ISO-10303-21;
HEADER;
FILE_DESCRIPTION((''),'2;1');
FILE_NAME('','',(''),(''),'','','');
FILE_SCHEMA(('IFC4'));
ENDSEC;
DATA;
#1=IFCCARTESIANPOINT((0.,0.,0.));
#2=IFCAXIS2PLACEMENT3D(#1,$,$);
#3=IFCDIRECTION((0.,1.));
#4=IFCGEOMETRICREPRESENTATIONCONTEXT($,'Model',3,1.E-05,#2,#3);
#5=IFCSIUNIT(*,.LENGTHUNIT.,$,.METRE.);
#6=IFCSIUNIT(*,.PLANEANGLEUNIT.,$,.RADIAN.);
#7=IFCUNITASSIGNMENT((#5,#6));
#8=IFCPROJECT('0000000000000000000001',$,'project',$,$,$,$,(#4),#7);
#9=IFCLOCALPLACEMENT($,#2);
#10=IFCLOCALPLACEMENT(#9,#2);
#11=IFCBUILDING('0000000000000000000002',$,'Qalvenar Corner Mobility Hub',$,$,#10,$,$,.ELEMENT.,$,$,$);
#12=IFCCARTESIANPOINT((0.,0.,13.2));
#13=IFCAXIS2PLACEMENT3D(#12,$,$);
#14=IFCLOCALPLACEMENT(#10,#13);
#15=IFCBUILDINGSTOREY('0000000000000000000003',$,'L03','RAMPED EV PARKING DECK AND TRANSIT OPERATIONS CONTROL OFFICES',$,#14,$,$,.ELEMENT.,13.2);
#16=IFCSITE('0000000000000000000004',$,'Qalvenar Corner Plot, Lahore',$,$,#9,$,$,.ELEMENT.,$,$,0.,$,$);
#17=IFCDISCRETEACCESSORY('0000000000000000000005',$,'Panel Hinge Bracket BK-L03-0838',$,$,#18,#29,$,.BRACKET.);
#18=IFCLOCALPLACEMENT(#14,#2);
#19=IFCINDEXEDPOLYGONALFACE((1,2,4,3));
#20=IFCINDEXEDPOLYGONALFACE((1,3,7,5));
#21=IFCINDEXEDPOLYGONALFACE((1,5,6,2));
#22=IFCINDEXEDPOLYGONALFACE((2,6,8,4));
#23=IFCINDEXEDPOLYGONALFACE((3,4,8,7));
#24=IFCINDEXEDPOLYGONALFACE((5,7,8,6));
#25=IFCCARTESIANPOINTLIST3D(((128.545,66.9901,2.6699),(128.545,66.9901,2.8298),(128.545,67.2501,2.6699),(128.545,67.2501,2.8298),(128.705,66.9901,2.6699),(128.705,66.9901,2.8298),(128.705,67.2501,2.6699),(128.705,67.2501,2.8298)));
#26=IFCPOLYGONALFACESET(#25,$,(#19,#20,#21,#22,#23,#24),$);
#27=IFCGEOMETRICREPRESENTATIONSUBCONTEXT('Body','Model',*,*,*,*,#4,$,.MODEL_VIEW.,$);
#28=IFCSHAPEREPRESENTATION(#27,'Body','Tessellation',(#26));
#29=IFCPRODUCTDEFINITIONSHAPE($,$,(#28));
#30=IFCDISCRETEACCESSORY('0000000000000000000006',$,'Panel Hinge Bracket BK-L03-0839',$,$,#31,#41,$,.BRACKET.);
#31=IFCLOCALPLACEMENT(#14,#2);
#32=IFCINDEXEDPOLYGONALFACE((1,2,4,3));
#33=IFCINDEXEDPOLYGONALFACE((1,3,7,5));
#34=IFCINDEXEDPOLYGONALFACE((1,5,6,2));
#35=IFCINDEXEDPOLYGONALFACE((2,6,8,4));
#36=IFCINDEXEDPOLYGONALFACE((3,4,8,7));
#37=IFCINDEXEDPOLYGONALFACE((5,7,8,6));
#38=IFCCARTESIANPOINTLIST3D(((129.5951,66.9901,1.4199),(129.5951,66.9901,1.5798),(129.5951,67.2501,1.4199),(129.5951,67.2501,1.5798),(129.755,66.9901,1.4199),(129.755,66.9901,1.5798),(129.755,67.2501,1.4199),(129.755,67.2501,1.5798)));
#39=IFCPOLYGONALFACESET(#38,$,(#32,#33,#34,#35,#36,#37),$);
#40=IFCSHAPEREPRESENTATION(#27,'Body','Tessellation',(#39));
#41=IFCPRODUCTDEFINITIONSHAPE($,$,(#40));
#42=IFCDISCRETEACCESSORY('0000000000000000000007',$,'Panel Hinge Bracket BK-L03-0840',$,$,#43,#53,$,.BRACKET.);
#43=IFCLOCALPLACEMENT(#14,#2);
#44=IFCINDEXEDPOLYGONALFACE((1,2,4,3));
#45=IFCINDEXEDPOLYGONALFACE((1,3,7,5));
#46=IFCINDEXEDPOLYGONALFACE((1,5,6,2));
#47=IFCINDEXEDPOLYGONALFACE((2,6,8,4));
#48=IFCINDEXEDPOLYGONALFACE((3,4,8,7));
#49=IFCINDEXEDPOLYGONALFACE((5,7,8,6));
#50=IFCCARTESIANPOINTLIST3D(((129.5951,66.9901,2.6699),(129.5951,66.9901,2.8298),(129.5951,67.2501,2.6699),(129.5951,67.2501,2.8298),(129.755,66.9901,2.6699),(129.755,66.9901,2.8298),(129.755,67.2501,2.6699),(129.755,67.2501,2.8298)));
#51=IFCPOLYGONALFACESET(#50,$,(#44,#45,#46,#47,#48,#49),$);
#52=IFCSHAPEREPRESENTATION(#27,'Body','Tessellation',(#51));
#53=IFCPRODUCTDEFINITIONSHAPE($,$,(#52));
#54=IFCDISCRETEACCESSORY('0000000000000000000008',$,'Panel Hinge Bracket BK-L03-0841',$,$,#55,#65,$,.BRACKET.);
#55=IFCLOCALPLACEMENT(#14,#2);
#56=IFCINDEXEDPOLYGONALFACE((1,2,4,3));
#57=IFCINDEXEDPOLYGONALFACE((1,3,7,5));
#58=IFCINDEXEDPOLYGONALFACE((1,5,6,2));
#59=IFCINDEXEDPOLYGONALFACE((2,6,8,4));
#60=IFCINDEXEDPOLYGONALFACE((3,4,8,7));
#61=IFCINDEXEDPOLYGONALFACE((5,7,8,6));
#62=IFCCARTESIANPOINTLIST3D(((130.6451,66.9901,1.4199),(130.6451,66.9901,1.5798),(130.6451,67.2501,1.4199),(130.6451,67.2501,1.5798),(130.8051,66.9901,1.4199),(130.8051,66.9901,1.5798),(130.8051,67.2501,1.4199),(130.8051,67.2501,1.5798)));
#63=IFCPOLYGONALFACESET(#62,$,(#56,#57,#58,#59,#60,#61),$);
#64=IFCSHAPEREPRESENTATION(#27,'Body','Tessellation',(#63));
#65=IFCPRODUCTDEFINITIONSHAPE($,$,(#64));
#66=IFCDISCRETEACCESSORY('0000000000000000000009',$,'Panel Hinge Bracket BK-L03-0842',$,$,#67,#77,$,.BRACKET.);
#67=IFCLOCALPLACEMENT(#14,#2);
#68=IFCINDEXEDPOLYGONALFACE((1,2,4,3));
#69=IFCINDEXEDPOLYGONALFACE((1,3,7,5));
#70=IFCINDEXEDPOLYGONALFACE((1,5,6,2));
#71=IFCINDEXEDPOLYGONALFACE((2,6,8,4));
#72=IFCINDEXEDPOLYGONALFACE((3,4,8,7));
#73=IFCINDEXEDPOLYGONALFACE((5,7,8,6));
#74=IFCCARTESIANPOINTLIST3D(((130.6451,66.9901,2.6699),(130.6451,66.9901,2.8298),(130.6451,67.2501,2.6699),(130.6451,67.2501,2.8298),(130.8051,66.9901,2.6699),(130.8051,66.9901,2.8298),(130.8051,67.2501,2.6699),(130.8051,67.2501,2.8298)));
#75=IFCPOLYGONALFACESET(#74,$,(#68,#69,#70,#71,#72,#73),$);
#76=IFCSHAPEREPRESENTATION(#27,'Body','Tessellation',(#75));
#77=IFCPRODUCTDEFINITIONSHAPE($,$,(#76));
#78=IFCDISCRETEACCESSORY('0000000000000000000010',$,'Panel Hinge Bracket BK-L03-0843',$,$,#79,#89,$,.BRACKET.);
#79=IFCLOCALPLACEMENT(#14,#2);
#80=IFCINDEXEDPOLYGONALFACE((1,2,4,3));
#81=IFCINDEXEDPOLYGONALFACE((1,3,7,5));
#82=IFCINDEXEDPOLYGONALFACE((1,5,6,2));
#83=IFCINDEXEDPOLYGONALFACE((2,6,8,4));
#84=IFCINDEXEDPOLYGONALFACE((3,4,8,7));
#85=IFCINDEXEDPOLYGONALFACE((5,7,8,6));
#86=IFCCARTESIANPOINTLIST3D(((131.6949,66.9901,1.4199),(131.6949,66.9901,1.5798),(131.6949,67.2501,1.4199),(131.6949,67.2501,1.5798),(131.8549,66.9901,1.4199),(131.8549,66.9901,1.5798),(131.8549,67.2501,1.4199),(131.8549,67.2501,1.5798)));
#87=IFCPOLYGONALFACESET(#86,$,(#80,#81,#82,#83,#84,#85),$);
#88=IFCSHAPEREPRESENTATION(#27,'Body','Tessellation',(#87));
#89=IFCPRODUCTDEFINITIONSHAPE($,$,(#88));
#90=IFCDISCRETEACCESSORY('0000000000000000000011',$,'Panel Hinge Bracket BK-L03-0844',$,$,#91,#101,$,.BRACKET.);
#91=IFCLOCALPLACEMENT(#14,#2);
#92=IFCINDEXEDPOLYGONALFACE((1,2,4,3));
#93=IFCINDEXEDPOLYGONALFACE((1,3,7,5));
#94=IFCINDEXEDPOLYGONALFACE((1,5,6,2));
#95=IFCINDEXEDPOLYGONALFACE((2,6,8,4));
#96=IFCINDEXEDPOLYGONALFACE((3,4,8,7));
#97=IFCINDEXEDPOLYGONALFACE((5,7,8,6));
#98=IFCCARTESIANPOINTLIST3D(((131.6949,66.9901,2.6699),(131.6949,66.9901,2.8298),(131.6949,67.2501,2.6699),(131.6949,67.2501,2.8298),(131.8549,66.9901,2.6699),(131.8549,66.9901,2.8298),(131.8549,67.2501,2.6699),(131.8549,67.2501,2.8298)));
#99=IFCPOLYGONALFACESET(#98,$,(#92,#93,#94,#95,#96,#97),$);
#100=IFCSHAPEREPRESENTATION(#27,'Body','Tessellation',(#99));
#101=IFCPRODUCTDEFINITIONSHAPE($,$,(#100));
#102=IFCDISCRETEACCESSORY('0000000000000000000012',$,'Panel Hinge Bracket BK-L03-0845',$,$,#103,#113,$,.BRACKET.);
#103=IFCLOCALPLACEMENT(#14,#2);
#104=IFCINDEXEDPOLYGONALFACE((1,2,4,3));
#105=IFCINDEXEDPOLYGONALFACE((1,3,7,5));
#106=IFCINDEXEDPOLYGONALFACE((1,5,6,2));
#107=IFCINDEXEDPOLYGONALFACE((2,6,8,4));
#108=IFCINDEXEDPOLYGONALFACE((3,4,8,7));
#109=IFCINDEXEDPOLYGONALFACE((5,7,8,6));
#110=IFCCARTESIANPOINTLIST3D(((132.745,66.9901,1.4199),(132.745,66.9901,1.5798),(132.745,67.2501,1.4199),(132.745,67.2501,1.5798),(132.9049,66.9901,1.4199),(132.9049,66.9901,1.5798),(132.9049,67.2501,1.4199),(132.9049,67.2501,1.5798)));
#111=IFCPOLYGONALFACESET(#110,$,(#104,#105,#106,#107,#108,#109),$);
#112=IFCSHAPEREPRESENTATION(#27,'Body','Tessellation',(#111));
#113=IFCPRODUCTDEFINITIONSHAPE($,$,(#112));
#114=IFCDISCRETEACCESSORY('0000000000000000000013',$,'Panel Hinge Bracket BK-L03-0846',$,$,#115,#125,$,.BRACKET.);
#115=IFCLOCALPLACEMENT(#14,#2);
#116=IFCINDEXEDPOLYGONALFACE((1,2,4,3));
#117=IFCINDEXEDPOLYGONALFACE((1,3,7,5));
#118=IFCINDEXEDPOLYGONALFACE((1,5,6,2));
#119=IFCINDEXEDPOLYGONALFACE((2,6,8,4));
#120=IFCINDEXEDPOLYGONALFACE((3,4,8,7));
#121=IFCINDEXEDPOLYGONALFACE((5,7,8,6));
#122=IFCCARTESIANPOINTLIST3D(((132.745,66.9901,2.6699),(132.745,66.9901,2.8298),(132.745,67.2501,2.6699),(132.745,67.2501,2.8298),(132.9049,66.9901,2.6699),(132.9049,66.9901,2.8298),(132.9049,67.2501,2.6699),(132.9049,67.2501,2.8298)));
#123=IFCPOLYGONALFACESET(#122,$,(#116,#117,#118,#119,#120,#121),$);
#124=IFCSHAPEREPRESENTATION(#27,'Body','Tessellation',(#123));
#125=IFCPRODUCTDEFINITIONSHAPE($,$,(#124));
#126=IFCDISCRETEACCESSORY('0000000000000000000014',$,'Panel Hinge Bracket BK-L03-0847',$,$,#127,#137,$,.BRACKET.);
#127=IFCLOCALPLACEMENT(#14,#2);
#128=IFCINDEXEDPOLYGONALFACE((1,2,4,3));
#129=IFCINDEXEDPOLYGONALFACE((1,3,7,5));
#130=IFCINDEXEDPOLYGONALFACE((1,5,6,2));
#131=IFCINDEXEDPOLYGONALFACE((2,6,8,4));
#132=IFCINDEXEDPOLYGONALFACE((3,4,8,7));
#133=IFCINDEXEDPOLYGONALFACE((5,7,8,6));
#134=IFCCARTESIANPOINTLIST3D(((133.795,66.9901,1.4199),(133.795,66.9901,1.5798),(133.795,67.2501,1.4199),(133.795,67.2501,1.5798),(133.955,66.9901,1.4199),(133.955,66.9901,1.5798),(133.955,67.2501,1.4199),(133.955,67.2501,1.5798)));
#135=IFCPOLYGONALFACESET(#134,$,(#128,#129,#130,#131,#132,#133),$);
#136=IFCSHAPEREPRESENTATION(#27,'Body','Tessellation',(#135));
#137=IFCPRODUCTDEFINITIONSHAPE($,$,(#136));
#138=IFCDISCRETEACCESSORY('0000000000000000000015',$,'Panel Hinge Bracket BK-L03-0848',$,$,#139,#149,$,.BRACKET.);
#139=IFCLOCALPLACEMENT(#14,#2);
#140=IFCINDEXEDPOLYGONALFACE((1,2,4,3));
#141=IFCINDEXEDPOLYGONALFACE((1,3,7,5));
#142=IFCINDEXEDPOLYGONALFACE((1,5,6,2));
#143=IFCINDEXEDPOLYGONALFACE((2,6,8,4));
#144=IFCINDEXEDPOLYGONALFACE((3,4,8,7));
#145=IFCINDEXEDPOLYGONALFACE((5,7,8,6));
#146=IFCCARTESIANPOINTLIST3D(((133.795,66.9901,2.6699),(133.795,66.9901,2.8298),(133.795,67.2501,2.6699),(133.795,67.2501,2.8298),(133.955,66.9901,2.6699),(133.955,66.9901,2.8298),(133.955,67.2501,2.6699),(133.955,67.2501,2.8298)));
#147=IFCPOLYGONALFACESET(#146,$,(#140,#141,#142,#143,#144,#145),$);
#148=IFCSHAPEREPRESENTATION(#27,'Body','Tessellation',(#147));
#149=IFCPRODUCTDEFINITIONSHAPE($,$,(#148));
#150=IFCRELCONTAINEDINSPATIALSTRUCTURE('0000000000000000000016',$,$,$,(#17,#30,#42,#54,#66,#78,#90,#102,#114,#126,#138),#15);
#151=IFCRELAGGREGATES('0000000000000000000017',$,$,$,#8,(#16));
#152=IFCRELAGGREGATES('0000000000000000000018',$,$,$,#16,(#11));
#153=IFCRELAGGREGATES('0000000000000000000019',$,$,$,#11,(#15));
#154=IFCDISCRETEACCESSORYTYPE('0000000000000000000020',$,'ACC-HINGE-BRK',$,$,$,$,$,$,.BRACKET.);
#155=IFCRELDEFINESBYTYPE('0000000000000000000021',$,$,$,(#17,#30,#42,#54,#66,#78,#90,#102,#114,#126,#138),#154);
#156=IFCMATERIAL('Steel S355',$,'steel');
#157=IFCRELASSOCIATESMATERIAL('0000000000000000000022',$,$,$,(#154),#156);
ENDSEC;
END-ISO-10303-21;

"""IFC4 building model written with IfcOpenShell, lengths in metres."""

from ifc_helpers import new_model, si_unit, direction, frame, origin, origin_2d, place, context, subcontext, project, spatial, rectangle, extrude, material, type_object, element, save


model = new_model("IFC4")

# Units and contexts
model_context = context("Model", 3, precision=1e-05, world=origin(), true_north=direction((0.0, 1.0)))
body_context = subcontext(model_context, "Body", "Model", "MODEL_VIEW")
ifc_project = project(units=[si_unit("LENGTHUNIT", "METRE"), si_unit("PLANEANGLEUNIT", "RADIAN")], contexts=[model_context])

# Site, building, storey
site_placement = place(None, origin())
site = spatial("IfcSite", under=ifc_project, at=site_placement, Name="Qalvenar Corner Plot, Lahore", CompositionType="ELEMENT", RefElevation=0.0)
building_placement = place(site_placement, origin())
building = spatial("IfcBuilding", under=site, at=building_placement, Name="Qalvenar Corner Mobility Hub", CompositionType="ELEMENT")
storey_placement = place(building_placement, frame((0.0, 0.0, 13.2)))
storey = spatial("IfcBuildingStorey", under=building, at=storey_placement, Name="L03", Description="RAMPED EV PARKING DECK AND TRANSIT OPERATIONS CONTROL OFFICES", CompositionType="ELEMENT", Elevation=13.2)

# Shared definitions
ifc_material_1 = material(Name="Steel S355", Category="steel")

# Discrete accessories
discrete_accessory_type = type_object("IfcDiscreteAccessoryType", Name="ACC-HINGE-BRK", PredefinedType="BRACKET", material=ifc_material_1)
for number, where, z_axis, x_axis, name in (
    (1, (128.625, 67.1201, 2.6699), (0.0, 0.0, 1.0), (1.0, 0.0, 0.0), "Panel Hinge Bracket BK-L03-0838"),
    (2, (129.675, 67.1201, 1.4199), (0.0, 0.0, 1.0), (1.0, 0.0, 0.0), "Panel Hinge Bracket BK-L03-0839"),
    (3, (129.675, 67.1201, 2.6699), (0.0, 0.0, 1.0), (1.0, 0.0, 0.0), "Panel Hinge Bracket BK-L03-0840"),
    (4, (130.7251, 67.1201, 1.4199), (0.0, 0.0, 1.0), (1.0, 0.0, 0.0), "Panel Hinge Bracket BK-L03-0841"),
    (5, (130.7251, 67.1201, 2.6699), (0.0, 0.0, 1.0), (1.0, 0.0, 0.0), "Panel Hinge Bracket BK-L03-0842"),
    (6, (131.7749, 67.1201, 1.4199), (0.0, 0.0, 1.0), (1.0, 0.0, 0.0), "Panel Hinge Bracket BK-L03-0843"),
    (7, (131.7749, 67.1201, 2.6699), (0.0, 0.0, 1.0), (1.0, 0.0, 0.0), "Panel Hinge Bracket BK-L03-0844"),
    (8, (132.825, 67.1201, 1.4199), (0.0, 0.0, 1.0), (1.0, 0.0, 0.0), "Panel Hinge Bracket BK-L03-0845"),
    (9, (132.825, 67.1201, 2.6699), (0.0, 0.0, 1.0), (1.0, 0.0, 0.0), "Panel Hinge Bracket BK-L03-0846"),
    (10, (133.875, 67.1201, 1.4199), (0.0, 0.0, 1.0), (1.0, 0.0, 0.0), "Panel Hinge Bracket BK-L03-0847"),
    (11, (133.875, 67.1201, 2.6699), (0.0, 0.0, 1.0), (1.0, 0.0, 0.0), "Panel Hinge Bracket BK-L03-0848"),
):
    element("IfcDiscreteAccessory", number, at=place(storey_placement, frame(where, z_axis=z_axis, x_axis=x_axis)), inside=storey, type_object=discrete_accessory_type, Name=name, PredefinedType="BRACKET", context=body_context, shape_type="SweptSolid", body=[
        extrude(rectangle(XDim=0.1599, YDim=0.26, at=origin_2d()), origin(), (0.0, 0.0, 1.0), 0.1599),
    ])

save(model, "model.ifc")
